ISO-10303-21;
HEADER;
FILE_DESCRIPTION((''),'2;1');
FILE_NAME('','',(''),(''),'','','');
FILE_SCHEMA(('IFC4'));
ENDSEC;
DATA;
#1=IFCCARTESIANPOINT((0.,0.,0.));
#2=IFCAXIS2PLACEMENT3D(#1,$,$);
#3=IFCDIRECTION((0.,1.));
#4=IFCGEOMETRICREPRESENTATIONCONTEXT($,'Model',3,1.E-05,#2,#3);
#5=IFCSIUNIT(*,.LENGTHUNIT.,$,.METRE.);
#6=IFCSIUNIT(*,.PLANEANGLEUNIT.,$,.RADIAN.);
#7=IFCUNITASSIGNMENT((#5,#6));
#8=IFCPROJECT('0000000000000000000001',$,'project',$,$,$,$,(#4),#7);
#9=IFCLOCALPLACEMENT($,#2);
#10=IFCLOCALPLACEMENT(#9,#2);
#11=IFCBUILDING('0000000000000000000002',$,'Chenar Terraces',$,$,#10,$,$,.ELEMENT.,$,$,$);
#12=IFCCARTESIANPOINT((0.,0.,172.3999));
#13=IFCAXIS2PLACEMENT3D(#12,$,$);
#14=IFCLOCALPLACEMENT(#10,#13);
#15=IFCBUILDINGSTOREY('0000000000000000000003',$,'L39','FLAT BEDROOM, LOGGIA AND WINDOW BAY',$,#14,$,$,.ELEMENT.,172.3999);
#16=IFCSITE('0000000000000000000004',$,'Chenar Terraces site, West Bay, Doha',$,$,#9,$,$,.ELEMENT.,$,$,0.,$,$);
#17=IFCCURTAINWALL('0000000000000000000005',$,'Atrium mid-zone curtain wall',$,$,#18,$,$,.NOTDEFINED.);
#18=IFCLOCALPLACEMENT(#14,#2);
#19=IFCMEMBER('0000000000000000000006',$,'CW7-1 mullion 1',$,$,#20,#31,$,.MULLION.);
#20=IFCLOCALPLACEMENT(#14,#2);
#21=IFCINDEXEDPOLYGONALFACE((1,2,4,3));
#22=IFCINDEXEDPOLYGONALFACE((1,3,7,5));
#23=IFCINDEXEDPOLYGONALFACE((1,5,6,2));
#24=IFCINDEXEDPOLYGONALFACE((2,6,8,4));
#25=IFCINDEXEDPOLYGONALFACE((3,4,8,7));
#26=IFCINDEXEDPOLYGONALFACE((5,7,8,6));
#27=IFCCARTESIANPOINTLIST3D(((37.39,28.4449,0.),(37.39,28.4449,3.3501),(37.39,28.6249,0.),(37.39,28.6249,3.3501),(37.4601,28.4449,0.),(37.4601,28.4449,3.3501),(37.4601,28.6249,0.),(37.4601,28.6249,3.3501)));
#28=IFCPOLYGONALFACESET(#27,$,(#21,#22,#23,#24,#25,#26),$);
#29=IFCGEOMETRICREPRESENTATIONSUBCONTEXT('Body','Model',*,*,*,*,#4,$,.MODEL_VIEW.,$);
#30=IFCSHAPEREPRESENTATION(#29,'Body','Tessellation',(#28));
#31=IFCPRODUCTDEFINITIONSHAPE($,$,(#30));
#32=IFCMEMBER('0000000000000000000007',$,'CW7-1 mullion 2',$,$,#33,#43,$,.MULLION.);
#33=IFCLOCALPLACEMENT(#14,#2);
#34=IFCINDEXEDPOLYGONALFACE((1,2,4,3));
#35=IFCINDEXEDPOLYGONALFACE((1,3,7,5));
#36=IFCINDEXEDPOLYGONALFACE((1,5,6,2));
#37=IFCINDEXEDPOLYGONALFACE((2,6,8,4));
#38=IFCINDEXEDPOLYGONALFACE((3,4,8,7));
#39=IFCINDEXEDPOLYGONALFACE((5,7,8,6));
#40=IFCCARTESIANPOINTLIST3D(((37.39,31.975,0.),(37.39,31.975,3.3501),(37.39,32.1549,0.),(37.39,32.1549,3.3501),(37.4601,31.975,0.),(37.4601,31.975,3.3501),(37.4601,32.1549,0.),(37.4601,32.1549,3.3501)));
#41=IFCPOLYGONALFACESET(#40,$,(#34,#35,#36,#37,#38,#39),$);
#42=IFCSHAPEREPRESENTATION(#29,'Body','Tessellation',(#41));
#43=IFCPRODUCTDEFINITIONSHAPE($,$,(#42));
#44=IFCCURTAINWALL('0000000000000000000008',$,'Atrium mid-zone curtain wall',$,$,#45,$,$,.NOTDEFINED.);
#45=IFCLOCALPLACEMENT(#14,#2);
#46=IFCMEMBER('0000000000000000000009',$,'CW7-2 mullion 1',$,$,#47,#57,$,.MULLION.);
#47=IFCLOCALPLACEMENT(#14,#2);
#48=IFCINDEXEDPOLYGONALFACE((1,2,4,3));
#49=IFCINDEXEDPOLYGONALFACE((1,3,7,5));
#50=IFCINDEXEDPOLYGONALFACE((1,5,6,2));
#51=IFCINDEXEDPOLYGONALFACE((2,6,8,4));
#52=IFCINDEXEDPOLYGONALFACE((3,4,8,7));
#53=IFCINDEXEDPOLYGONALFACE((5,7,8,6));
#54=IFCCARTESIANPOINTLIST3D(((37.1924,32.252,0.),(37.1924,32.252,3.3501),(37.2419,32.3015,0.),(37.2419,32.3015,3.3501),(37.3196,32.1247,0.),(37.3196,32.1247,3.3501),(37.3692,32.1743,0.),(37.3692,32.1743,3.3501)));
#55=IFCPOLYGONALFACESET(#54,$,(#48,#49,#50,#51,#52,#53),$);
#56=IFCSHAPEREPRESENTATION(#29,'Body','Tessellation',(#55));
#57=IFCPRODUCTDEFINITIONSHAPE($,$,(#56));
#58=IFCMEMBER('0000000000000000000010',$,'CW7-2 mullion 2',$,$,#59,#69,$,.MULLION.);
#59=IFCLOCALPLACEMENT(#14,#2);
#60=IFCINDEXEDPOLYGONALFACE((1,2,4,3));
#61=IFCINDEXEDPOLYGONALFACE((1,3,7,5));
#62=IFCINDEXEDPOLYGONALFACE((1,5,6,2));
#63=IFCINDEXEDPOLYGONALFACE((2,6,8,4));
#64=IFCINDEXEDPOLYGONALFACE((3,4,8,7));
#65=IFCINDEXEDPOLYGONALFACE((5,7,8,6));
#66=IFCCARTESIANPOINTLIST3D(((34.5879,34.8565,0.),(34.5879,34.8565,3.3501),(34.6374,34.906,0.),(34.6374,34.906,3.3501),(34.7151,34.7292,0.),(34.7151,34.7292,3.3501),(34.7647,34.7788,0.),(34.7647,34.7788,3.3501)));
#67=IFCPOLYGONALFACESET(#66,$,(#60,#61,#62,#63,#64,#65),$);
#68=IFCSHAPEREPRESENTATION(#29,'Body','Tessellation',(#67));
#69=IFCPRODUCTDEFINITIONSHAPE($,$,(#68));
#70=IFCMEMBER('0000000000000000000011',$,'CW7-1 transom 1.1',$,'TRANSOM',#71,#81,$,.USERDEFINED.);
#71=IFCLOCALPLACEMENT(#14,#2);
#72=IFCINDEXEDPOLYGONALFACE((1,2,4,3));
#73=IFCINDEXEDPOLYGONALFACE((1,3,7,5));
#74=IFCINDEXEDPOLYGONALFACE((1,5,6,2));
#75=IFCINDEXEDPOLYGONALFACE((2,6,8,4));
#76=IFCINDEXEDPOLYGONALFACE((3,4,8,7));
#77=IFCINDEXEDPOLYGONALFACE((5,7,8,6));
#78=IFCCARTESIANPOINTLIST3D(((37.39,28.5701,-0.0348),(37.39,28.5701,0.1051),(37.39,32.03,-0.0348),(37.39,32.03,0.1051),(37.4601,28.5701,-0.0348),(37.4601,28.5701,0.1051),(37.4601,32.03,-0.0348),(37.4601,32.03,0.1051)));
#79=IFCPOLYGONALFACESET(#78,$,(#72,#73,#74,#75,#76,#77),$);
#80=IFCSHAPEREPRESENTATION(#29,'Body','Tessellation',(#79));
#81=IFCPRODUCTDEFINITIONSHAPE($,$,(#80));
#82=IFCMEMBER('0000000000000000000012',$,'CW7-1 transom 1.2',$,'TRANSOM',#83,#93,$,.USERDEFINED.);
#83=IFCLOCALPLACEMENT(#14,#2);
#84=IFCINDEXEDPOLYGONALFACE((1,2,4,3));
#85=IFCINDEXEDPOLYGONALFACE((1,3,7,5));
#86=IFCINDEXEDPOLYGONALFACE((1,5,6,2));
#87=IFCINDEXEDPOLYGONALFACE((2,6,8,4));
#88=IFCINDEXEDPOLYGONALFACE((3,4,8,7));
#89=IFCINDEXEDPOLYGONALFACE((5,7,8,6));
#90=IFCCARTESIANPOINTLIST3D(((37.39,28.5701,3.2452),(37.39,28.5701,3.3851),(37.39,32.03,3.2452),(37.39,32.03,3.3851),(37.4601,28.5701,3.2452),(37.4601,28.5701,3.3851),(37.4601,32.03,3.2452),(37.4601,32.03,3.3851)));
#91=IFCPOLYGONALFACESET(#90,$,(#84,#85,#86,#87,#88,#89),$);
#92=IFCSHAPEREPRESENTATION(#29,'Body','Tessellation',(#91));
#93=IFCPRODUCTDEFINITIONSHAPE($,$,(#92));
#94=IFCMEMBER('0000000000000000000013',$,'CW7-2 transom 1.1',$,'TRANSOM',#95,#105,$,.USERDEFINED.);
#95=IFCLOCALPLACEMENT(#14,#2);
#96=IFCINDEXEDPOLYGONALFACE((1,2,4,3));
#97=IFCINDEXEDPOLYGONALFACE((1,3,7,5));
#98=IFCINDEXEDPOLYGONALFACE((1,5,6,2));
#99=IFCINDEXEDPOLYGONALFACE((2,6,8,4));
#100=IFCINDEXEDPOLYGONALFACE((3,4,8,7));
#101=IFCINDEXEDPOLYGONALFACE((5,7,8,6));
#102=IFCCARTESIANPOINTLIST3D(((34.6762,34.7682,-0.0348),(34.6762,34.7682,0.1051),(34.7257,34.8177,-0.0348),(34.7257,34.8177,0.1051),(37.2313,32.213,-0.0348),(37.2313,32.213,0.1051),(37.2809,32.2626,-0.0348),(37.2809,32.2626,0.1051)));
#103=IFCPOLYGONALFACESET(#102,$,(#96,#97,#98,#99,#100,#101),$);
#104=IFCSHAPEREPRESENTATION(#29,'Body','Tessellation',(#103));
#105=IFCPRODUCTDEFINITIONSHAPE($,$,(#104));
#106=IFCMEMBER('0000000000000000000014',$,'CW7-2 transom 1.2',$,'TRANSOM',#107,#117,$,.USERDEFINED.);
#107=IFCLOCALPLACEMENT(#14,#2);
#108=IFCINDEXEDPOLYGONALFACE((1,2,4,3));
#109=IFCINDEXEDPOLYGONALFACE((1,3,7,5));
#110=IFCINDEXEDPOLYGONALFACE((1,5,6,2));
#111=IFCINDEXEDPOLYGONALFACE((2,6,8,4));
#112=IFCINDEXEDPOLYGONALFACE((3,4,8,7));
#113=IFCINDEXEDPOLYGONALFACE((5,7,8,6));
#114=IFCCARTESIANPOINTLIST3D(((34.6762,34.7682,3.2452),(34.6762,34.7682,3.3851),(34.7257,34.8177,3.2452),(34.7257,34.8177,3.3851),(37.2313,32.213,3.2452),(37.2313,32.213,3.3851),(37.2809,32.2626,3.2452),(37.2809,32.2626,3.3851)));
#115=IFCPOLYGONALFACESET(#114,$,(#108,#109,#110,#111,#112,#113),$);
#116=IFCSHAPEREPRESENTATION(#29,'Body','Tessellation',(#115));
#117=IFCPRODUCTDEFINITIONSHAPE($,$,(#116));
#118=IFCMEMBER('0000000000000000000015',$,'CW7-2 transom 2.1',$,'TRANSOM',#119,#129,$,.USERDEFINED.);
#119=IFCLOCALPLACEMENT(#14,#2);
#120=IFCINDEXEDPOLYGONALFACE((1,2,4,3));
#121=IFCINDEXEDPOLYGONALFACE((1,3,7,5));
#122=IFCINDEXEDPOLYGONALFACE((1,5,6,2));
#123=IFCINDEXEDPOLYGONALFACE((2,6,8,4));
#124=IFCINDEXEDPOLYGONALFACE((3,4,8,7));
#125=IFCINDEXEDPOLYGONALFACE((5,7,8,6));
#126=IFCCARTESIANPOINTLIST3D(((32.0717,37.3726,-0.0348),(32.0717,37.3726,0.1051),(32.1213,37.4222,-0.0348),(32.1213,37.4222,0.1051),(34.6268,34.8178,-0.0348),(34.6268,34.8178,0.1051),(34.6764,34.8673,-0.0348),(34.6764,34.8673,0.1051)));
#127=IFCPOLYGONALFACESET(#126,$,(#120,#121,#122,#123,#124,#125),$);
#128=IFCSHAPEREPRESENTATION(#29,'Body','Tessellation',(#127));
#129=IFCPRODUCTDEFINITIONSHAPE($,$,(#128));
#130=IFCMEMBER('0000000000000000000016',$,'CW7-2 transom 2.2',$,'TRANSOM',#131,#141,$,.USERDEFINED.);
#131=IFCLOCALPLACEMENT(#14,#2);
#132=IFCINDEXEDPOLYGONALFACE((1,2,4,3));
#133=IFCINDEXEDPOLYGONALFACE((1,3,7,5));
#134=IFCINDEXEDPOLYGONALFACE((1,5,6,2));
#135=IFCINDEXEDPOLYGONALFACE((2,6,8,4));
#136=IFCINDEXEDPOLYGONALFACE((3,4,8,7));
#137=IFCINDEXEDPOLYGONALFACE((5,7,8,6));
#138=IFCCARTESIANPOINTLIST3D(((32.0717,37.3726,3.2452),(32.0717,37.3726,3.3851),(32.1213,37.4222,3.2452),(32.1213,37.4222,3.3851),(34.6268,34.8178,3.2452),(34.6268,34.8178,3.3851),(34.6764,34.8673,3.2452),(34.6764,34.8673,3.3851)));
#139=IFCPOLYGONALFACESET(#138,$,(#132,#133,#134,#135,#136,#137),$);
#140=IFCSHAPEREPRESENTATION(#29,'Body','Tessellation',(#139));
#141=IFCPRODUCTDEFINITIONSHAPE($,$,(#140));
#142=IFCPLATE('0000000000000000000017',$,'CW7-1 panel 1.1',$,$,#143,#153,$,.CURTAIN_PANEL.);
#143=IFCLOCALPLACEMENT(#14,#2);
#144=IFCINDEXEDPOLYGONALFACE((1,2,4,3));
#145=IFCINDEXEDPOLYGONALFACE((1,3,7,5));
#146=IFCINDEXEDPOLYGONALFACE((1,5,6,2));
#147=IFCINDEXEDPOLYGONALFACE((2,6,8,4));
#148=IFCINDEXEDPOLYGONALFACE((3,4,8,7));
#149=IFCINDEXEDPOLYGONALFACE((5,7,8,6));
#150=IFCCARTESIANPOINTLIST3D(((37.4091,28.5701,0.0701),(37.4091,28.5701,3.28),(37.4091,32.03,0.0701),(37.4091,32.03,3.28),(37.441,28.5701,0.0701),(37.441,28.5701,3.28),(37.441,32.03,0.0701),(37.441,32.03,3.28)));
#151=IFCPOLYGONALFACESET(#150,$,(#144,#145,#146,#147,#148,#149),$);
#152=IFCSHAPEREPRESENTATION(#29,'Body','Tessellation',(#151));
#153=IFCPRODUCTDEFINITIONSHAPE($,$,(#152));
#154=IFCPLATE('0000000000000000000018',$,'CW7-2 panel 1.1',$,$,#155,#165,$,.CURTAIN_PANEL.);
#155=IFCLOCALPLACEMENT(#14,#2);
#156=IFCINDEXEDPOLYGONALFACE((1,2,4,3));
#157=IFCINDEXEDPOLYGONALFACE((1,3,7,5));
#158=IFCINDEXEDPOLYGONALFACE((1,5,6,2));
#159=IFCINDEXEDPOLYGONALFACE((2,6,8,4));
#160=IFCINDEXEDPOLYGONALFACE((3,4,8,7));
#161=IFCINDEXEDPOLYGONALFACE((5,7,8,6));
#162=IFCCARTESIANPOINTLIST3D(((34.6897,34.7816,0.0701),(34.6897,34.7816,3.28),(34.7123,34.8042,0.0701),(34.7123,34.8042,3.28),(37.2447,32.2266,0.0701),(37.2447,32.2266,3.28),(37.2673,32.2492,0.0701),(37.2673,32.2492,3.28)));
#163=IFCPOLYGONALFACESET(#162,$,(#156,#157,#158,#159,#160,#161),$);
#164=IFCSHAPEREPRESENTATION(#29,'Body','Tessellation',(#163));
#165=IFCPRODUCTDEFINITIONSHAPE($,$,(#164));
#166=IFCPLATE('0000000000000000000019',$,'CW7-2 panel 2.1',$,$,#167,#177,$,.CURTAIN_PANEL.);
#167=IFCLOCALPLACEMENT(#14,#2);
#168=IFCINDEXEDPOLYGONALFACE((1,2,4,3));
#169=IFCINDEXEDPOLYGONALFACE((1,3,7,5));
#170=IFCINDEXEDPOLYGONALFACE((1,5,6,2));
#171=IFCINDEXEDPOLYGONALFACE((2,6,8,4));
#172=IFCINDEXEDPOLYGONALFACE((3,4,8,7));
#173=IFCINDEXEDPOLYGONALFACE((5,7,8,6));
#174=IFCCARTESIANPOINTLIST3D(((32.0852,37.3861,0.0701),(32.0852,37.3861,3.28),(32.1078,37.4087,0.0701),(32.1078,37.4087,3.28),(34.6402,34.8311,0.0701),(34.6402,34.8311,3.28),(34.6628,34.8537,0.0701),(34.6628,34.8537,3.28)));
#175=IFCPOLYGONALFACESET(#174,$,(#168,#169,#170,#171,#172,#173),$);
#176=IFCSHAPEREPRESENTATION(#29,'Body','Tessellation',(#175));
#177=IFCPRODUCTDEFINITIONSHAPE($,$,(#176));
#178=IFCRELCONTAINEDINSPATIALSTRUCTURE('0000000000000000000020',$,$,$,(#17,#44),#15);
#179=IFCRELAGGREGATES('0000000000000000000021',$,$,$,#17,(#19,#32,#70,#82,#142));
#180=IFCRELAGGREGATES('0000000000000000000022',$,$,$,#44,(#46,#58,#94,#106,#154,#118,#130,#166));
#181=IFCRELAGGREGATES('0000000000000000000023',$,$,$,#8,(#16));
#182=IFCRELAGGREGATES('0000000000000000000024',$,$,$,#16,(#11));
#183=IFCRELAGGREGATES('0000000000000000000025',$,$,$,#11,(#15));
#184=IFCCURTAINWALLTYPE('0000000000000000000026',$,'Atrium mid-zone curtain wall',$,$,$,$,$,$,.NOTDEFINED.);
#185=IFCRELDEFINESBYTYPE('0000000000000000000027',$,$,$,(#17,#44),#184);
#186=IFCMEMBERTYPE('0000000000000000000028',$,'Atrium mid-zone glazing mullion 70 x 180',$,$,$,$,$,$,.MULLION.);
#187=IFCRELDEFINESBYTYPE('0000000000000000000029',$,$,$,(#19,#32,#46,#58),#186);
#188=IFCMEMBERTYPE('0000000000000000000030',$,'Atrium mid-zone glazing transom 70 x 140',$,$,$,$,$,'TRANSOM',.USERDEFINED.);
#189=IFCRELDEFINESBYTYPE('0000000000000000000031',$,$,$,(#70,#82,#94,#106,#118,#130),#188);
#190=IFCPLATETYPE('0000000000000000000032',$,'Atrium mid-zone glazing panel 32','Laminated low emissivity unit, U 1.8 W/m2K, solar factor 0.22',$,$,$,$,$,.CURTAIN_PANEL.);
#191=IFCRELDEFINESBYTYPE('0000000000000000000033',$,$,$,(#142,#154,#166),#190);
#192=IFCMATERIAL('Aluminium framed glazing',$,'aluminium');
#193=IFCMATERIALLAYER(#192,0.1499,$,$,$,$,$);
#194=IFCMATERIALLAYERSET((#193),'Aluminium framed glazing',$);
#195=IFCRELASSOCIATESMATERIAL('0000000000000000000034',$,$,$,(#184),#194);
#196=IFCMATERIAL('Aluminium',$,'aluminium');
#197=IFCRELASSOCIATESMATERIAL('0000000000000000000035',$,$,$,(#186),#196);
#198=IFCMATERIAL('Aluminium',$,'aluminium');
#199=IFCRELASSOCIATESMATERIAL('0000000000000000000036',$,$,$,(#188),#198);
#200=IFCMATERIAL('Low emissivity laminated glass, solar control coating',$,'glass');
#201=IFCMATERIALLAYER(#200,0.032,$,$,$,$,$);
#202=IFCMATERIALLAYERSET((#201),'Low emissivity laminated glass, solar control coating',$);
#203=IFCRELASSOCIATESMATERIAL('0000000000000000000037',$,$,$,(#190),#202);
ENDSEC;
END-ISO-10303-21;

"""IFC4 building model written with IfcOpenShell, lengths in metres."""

from ifc_helpers import new_model, si_unit, direction, frame, origin, origin_2d, place, context, subcontext, project, spatial, rectangle, extrude, material, layer, layer_set, material_profile, profile_set, type_object, element, aggregate, save


model = new_model("IFC4")

# Units and contexts
model_context = context("Model", 3, precision=1e-05, world=origin(), true_north=direction((0.0, 1.0)))
body_context = subcontext(model_context, "Body", "Model", "MODEL_VIEW")
ifc_project = project(units=[si_unit("LENGTHUNIT", "METRE"), si_unit("PLANEANGLEUNIT", "RADIAN")], contexts=[model_context])

# Site, building, storey
site_placement = place(None, origin())
site = spatial("IfcSite", under=ifc_project, at=site_placement, Name="Chenar Terraces site, West Bay, Doha", CompositionType="ELEMENT", RefElevation=0.0)
building_placement = place(site_placement, origin())
building = spatial("IfcBuilding", under=site, at=building_placement, Name="Chenar Terraces", CompositionType="ELEMENT")
storey_placement = place(building_placement, frame((0.0, 0.0, 172.3999)))
storey = spatial("IfcBuildingStorey", under=building, at=storey_placement, Name="L39", Description="FLAT BEDROOM, LOGGIA AND WINDOW BAY", CompositionType="ELEMENT", Elevation=172.3999)

# Curtain walls, members
ifc_material_1 = material(Name="Aluminium framed glazing", Category="aluminium")
ifc_layer_1 = layer(ifc_material_1, 0.1499)
ifc_layer_set_1 = layer_set([ifc_layer_1], Name="Aluminium framed glazing")
curtain_wall_type = type_object("IfcCurtainWallType", Name="Atrium mid-zone curtain wall", PredefinedType="NOTDEFINED", material=ifc_layer_set_1)
placement = place(storey_placement, origin())
curtain_wall_1 = element("IfcCurtainWall", 1, at=placement, inside=storey, type_object=curtain_wall_type, Name="Atrium mid-zone curtain wall", PredefinedType="NOTDEFINED")
ifc_material_2 = material(Name="Aluminium", Category="aluminium")
ifc_material_profile_1 = material_profile(ifc_material_2, rectangle(XDim=0.0701, YDim=0.1799, at=origin_2d()), Name="Atrium mid-zone glazing mullion 70 x 180")
ifc_profile_set_1 = profile_set([ifc_material_profile_1], Name="Aluminium")
member_type_1 = type_object("IfcMemberType", Name="Atrium mid-zone glazing mullion 70 x 180", PredefinedType="MULLION", material=ifc_profile_set_1)
member_1_placement = place(storey_placement, frame((37.425, 28.5349, 0.0), z_axis=(0.0, 0.0, 1.0), x_axis=(-1.0, 0.0, 0.0)))
member_1 = element("IfcMember", 2, at=member_1_placement, type_object=member_type_1, Name="CW7-1 mullion 1", PredefinedType="MULLION", context=body_context, shape_type="SweptSolid", body=[
    extrude(rectangle(XDim=0.0701, YDim=0.1799, at=origin_2d()), origin(), (0.0, 0.0, 1.0), 3.3501),
])
member_2_placement = place(storey_placement, frame((37.425, 32.0649, 0.0), z_axis=(0.0, 0.0, 1.0), x_axis=(-1.0, 0.0, 0.0)))
member_2 = element("IfcMember", 3, at=member_2_placement, type_object=member_type_1, Name="CW7-1 mullion 2", PredefinedType="MULLION", context=body_context, shape_type="SweptSolid", body=[
    extrude(rectangle(XDim=0.0701, YDim=0.1799, at=origin_2d()), origin(), (0.0, 0.0, 1.0), 3.3501),
])
curtain_wall_2 = element("IfcCurtainWall", 4, at=placement, inside=storey, type_object=curtain_wall_type, Name="Atrium mid-zone curtain wall", PredefinedType="NOTDEFINED")
member_3_placement = place(storey_placement, frame((37.2808, 32.2131, 0.0), z_axis=(0.0, 0.0, 1.0), x_axis=(-0.707107, -0.707107, 0.0)))
member_3 = element("IfcMember", 5, at=member_3_placement, type_object=member_type_1, Name="CW7-2 mullion 1", PredefinedType="MULLION", context=body_context, shape_type="SweptSolid", body=[
    extrude(rectangle(XDim=0.0701, YDim=0.1799, at=origin_2d()), origin(), (0.0, 0.0, 1.0), 3.3501),
])
member_4_placement = place(storey_placement, frame((34.6763, 34.8176, 0.0), z_axis=(0.0, 0.0, 1.0), x_axis=(-0.707107, -0.707107, 0.0)))
member_4 = element("IfcMember", 6, at=member_4_placement, type_object=member_type_1, Name="CW7-2 mullion 2", PredefinedType="MULLION", context=body_context, shape_type="SweptSolid", body=[
    extrude(rectangle(XDim=0.0701, YDim=0.1799, at=origin_2d()), origin(), (0.0, 0.0, 1.0), 3.3501),
])

# Members
ifc_material_3 = material(Name="Aluminium", Category="aluminium")
ifc_material_profile_2 = material_profile(ifc_material_3, rectangle(XDim=0.0701, YDim=0.1399, at=origin_2d()), Name="Atrium mid-zone glazing transom 70 x 140")
ifc_profile_set_2 = profile_set([ifc_material_profile_2], Name="Aluminium")
member_type_2 = type_object("IfcMemberType", Name="Atrium mid-zone glazing transom 70 x 140", ElementType="TRANSOM", PredefinedType="USERDEFINED", material=ifc_profile_set_2)
member_5_placement = place(storey_placement, frame((37.425, 28.5701, 0.0352), z_axis=(0.0, 1.0, 0.0), x_axis=(-1.0, 0.0, 0.0)))
member_5 = element("IfcMember", 7, at=member_5_placement, type_object=member_type_2, Name="CW7-1 transom 1.1", ObjectType="TRANSOM", PredefinedType="USERDEFINED", context=body_context, shape_type="SweptSolid", body=[
    extrude(rectangle(XDim=0.0701, YDim=0.1399, at=origin_2d()), origin(), (0.0, 0.0, 1.0), 3.46),
])
member_6_placement = place(storey_placement, frame((37.425, 28.5701, 3.3152), z_axis=(0.0, 1.0, 0.0), x_axis=(-1.0, 0.0, 0.0)))
member_6 = element("IfcMember", 8, at=member_6_placement, type_object=member_type_2, Name="CW7-1 transom 1.2", ObjectType="TRANSOM", PredefinedType="USERDEFINED", context=body_context, shape_type="SweptSolid", body=[
    extrude(rectangle(XDim=0.0701, YDim=0.1399, at=origin_2d()), origin(), (0.0, 0.0, 1.0), 3.46),
])
member_7_placement = place(storey_placement, frame((37.2561, 32.2378, 0.0352), z_axis=(-0.707107, 0.707107, 0.0), x_axis=(-0.707107, -0.707107, 0.0)))
member_7 = element("IfcMember", 9, at=member_7_placement, type_object=member_type_2, Name="CW7-2 transom 1.1", ObjectType="TRANSOM", PredefinedType="USERDEFINED", context=body_context, shape_type="SweptSolid", body=[
    extrude(rectangle(XDim=0.0701, YDim=0.1399, at=origin_2d()), origin(), (0.0, 0.0, 1.0), 3.6135),
])
member_8_placement = place(storey_placement, frame((37.2561, 32.2378, 3.3152), z_axis=(-0.707107, 0.707107, 0.0), x_axis=(-0.707107, -0.707107, 0.0)))
member_8 = element("IfcMember", 10, at=member_8_placement, type_object=member_type_2, Name="CW7-2 transom 1.2", ObjectType="TRANSOM", PredefinedType="USERDEFINED", context=body_context, shape_type="SweptSolid", body=[
    extrude(rectangle(XDim=0.0701, YDim=0.1399, at=origin_2d()), origin(), (0.0, 0.0, 1.0), 3.6135),
])
member_9_placement = place(storey_placement, frame((34.6516, 34.8425, 0.0352), z_axis=(-0.707141, 0.707073, 0.0), x_axis=(-0.707073, -0.707141, 0.0)))
member_9 = element("IfcMember", 11, at=member_9_placement, type_object=member_type_2, Name="CW7-2 transom 2.1", ObjectType="TRANSOM", PredefinedType="USERDEFINED", context=body_context, shape_type="SweptSolid", body=[
    extrude(rectangle(XDim=0.0701, YDim=0.1399, at=origin_2d()), origin(), (0.0, 0.0, 1.0), 3.6133),
])
member_10_placement = place(storey_placement, frame((34.6516, 34.8425, 3.3152), z_axis=(-0.707141, 0.707073, 0.0), x_axis=(-0.707073, -0.707141, 0.0)))
member_10 = element("IfcMember", 12, at=member_10_placement, type_object=member_type_2, Name="CW7-2 transom 2.2", ObjectType="TRANSOM", PredefinedType="USERDEFINED", context=body_context, shape_type="SweptSolid", body=[
    extrude(rectangle(XDim=0.0701, YDim=0.1399, at=origin_2d()), origin(), (0.0, 0.0, 1.0), 3.6133),
])

# Plates
ifc_material_4 = material(Name="Low emissivity laminated glass, solar control coating", Category="glass")
ifc_layer_2 = layer(ifc_material_4, 0.032)
ifc_layer_set_2 = layer_set([ifc_layer_2], Name="Low emissivity laminated glass, solar control coating")
plate_type = type_object("IfcPlateType", Name="Atrium mid-zone glazing panel 32", Description="Laminated low emissivity unit, U 1.8 W/m2K, solar factor 0.22", PredefinedType="CURTAIN_PANEL", material=ifc_layer_set_2)
plate_1_placement = place(storey_placement, frame((37.425, 30.3, 0.0701), z_axis=(0.0, 0.0, 1.0), x_axis=(0.0, 1.0, 0.0)))
plate_1 = element("IfcPlate", 13, at=plate_1_placement, type_object=plate_type, Name="CW7-1 panel 1.1", PredefinedType="CURTAIN_PANEL", context=body_context, shape_type="SweptSolid", body=[
    extrude(rectangle(XDim=3.46, YDim=0.032, at=origin_2d()), origin(), (0.0, 0.0, 1.0), 3.21),
])
aggregate(curtain_wall_1, [member_1, member_2, member_5, member_6, plate_1])
plate_2_placement = place(storey_placement, frame((35.9785, 33.5154, 0.0701), z_axis=(0.0, 0.0, 1.0), x_axis=(-0.707107, 0.707107, 0.0)))
plate_2 = element("IfcPlate", 14, at=plate_2_placement, type_object=plate_type, Name="CW7-2 panel 1.1", PredefinedType="CURTAIN_PANEL", context=body_context, shape_type="SweptSolid", body=[
    extrude(rectangle(XDim=3.6133, YDim=0.032, at=origin_2d()), origin(), (0.0, 0.0, 1.0), 3.21),
])
plate_3_placement = place(storey_placement, frame((33.374, 36.1199, 0.0701), z_axis=(0.0, 0.0, 1.0), x_axis=(-0.707107, 0.707107, 0.0)))
plate_3 = element("IfcPlate", 15, at=plate_3_placement, type_object=plate_type, Name="CW7-2 panel 2.1", PredefinedType="CURTAIN_PANEL", context=body_context, shape_type="SweptSolid", body=[
    extrude(rectangle(XDim=3.6133, YDim=0.032, at=origin_2d()), origin(), (0.0, 0.0, 1.0), 3.21),
])
aggregate(curtain_wall_2, [member_3, member_4, member_7, member_8, plate_2, member_9, member_10, plate_3])

save(model, "model.ifc")
